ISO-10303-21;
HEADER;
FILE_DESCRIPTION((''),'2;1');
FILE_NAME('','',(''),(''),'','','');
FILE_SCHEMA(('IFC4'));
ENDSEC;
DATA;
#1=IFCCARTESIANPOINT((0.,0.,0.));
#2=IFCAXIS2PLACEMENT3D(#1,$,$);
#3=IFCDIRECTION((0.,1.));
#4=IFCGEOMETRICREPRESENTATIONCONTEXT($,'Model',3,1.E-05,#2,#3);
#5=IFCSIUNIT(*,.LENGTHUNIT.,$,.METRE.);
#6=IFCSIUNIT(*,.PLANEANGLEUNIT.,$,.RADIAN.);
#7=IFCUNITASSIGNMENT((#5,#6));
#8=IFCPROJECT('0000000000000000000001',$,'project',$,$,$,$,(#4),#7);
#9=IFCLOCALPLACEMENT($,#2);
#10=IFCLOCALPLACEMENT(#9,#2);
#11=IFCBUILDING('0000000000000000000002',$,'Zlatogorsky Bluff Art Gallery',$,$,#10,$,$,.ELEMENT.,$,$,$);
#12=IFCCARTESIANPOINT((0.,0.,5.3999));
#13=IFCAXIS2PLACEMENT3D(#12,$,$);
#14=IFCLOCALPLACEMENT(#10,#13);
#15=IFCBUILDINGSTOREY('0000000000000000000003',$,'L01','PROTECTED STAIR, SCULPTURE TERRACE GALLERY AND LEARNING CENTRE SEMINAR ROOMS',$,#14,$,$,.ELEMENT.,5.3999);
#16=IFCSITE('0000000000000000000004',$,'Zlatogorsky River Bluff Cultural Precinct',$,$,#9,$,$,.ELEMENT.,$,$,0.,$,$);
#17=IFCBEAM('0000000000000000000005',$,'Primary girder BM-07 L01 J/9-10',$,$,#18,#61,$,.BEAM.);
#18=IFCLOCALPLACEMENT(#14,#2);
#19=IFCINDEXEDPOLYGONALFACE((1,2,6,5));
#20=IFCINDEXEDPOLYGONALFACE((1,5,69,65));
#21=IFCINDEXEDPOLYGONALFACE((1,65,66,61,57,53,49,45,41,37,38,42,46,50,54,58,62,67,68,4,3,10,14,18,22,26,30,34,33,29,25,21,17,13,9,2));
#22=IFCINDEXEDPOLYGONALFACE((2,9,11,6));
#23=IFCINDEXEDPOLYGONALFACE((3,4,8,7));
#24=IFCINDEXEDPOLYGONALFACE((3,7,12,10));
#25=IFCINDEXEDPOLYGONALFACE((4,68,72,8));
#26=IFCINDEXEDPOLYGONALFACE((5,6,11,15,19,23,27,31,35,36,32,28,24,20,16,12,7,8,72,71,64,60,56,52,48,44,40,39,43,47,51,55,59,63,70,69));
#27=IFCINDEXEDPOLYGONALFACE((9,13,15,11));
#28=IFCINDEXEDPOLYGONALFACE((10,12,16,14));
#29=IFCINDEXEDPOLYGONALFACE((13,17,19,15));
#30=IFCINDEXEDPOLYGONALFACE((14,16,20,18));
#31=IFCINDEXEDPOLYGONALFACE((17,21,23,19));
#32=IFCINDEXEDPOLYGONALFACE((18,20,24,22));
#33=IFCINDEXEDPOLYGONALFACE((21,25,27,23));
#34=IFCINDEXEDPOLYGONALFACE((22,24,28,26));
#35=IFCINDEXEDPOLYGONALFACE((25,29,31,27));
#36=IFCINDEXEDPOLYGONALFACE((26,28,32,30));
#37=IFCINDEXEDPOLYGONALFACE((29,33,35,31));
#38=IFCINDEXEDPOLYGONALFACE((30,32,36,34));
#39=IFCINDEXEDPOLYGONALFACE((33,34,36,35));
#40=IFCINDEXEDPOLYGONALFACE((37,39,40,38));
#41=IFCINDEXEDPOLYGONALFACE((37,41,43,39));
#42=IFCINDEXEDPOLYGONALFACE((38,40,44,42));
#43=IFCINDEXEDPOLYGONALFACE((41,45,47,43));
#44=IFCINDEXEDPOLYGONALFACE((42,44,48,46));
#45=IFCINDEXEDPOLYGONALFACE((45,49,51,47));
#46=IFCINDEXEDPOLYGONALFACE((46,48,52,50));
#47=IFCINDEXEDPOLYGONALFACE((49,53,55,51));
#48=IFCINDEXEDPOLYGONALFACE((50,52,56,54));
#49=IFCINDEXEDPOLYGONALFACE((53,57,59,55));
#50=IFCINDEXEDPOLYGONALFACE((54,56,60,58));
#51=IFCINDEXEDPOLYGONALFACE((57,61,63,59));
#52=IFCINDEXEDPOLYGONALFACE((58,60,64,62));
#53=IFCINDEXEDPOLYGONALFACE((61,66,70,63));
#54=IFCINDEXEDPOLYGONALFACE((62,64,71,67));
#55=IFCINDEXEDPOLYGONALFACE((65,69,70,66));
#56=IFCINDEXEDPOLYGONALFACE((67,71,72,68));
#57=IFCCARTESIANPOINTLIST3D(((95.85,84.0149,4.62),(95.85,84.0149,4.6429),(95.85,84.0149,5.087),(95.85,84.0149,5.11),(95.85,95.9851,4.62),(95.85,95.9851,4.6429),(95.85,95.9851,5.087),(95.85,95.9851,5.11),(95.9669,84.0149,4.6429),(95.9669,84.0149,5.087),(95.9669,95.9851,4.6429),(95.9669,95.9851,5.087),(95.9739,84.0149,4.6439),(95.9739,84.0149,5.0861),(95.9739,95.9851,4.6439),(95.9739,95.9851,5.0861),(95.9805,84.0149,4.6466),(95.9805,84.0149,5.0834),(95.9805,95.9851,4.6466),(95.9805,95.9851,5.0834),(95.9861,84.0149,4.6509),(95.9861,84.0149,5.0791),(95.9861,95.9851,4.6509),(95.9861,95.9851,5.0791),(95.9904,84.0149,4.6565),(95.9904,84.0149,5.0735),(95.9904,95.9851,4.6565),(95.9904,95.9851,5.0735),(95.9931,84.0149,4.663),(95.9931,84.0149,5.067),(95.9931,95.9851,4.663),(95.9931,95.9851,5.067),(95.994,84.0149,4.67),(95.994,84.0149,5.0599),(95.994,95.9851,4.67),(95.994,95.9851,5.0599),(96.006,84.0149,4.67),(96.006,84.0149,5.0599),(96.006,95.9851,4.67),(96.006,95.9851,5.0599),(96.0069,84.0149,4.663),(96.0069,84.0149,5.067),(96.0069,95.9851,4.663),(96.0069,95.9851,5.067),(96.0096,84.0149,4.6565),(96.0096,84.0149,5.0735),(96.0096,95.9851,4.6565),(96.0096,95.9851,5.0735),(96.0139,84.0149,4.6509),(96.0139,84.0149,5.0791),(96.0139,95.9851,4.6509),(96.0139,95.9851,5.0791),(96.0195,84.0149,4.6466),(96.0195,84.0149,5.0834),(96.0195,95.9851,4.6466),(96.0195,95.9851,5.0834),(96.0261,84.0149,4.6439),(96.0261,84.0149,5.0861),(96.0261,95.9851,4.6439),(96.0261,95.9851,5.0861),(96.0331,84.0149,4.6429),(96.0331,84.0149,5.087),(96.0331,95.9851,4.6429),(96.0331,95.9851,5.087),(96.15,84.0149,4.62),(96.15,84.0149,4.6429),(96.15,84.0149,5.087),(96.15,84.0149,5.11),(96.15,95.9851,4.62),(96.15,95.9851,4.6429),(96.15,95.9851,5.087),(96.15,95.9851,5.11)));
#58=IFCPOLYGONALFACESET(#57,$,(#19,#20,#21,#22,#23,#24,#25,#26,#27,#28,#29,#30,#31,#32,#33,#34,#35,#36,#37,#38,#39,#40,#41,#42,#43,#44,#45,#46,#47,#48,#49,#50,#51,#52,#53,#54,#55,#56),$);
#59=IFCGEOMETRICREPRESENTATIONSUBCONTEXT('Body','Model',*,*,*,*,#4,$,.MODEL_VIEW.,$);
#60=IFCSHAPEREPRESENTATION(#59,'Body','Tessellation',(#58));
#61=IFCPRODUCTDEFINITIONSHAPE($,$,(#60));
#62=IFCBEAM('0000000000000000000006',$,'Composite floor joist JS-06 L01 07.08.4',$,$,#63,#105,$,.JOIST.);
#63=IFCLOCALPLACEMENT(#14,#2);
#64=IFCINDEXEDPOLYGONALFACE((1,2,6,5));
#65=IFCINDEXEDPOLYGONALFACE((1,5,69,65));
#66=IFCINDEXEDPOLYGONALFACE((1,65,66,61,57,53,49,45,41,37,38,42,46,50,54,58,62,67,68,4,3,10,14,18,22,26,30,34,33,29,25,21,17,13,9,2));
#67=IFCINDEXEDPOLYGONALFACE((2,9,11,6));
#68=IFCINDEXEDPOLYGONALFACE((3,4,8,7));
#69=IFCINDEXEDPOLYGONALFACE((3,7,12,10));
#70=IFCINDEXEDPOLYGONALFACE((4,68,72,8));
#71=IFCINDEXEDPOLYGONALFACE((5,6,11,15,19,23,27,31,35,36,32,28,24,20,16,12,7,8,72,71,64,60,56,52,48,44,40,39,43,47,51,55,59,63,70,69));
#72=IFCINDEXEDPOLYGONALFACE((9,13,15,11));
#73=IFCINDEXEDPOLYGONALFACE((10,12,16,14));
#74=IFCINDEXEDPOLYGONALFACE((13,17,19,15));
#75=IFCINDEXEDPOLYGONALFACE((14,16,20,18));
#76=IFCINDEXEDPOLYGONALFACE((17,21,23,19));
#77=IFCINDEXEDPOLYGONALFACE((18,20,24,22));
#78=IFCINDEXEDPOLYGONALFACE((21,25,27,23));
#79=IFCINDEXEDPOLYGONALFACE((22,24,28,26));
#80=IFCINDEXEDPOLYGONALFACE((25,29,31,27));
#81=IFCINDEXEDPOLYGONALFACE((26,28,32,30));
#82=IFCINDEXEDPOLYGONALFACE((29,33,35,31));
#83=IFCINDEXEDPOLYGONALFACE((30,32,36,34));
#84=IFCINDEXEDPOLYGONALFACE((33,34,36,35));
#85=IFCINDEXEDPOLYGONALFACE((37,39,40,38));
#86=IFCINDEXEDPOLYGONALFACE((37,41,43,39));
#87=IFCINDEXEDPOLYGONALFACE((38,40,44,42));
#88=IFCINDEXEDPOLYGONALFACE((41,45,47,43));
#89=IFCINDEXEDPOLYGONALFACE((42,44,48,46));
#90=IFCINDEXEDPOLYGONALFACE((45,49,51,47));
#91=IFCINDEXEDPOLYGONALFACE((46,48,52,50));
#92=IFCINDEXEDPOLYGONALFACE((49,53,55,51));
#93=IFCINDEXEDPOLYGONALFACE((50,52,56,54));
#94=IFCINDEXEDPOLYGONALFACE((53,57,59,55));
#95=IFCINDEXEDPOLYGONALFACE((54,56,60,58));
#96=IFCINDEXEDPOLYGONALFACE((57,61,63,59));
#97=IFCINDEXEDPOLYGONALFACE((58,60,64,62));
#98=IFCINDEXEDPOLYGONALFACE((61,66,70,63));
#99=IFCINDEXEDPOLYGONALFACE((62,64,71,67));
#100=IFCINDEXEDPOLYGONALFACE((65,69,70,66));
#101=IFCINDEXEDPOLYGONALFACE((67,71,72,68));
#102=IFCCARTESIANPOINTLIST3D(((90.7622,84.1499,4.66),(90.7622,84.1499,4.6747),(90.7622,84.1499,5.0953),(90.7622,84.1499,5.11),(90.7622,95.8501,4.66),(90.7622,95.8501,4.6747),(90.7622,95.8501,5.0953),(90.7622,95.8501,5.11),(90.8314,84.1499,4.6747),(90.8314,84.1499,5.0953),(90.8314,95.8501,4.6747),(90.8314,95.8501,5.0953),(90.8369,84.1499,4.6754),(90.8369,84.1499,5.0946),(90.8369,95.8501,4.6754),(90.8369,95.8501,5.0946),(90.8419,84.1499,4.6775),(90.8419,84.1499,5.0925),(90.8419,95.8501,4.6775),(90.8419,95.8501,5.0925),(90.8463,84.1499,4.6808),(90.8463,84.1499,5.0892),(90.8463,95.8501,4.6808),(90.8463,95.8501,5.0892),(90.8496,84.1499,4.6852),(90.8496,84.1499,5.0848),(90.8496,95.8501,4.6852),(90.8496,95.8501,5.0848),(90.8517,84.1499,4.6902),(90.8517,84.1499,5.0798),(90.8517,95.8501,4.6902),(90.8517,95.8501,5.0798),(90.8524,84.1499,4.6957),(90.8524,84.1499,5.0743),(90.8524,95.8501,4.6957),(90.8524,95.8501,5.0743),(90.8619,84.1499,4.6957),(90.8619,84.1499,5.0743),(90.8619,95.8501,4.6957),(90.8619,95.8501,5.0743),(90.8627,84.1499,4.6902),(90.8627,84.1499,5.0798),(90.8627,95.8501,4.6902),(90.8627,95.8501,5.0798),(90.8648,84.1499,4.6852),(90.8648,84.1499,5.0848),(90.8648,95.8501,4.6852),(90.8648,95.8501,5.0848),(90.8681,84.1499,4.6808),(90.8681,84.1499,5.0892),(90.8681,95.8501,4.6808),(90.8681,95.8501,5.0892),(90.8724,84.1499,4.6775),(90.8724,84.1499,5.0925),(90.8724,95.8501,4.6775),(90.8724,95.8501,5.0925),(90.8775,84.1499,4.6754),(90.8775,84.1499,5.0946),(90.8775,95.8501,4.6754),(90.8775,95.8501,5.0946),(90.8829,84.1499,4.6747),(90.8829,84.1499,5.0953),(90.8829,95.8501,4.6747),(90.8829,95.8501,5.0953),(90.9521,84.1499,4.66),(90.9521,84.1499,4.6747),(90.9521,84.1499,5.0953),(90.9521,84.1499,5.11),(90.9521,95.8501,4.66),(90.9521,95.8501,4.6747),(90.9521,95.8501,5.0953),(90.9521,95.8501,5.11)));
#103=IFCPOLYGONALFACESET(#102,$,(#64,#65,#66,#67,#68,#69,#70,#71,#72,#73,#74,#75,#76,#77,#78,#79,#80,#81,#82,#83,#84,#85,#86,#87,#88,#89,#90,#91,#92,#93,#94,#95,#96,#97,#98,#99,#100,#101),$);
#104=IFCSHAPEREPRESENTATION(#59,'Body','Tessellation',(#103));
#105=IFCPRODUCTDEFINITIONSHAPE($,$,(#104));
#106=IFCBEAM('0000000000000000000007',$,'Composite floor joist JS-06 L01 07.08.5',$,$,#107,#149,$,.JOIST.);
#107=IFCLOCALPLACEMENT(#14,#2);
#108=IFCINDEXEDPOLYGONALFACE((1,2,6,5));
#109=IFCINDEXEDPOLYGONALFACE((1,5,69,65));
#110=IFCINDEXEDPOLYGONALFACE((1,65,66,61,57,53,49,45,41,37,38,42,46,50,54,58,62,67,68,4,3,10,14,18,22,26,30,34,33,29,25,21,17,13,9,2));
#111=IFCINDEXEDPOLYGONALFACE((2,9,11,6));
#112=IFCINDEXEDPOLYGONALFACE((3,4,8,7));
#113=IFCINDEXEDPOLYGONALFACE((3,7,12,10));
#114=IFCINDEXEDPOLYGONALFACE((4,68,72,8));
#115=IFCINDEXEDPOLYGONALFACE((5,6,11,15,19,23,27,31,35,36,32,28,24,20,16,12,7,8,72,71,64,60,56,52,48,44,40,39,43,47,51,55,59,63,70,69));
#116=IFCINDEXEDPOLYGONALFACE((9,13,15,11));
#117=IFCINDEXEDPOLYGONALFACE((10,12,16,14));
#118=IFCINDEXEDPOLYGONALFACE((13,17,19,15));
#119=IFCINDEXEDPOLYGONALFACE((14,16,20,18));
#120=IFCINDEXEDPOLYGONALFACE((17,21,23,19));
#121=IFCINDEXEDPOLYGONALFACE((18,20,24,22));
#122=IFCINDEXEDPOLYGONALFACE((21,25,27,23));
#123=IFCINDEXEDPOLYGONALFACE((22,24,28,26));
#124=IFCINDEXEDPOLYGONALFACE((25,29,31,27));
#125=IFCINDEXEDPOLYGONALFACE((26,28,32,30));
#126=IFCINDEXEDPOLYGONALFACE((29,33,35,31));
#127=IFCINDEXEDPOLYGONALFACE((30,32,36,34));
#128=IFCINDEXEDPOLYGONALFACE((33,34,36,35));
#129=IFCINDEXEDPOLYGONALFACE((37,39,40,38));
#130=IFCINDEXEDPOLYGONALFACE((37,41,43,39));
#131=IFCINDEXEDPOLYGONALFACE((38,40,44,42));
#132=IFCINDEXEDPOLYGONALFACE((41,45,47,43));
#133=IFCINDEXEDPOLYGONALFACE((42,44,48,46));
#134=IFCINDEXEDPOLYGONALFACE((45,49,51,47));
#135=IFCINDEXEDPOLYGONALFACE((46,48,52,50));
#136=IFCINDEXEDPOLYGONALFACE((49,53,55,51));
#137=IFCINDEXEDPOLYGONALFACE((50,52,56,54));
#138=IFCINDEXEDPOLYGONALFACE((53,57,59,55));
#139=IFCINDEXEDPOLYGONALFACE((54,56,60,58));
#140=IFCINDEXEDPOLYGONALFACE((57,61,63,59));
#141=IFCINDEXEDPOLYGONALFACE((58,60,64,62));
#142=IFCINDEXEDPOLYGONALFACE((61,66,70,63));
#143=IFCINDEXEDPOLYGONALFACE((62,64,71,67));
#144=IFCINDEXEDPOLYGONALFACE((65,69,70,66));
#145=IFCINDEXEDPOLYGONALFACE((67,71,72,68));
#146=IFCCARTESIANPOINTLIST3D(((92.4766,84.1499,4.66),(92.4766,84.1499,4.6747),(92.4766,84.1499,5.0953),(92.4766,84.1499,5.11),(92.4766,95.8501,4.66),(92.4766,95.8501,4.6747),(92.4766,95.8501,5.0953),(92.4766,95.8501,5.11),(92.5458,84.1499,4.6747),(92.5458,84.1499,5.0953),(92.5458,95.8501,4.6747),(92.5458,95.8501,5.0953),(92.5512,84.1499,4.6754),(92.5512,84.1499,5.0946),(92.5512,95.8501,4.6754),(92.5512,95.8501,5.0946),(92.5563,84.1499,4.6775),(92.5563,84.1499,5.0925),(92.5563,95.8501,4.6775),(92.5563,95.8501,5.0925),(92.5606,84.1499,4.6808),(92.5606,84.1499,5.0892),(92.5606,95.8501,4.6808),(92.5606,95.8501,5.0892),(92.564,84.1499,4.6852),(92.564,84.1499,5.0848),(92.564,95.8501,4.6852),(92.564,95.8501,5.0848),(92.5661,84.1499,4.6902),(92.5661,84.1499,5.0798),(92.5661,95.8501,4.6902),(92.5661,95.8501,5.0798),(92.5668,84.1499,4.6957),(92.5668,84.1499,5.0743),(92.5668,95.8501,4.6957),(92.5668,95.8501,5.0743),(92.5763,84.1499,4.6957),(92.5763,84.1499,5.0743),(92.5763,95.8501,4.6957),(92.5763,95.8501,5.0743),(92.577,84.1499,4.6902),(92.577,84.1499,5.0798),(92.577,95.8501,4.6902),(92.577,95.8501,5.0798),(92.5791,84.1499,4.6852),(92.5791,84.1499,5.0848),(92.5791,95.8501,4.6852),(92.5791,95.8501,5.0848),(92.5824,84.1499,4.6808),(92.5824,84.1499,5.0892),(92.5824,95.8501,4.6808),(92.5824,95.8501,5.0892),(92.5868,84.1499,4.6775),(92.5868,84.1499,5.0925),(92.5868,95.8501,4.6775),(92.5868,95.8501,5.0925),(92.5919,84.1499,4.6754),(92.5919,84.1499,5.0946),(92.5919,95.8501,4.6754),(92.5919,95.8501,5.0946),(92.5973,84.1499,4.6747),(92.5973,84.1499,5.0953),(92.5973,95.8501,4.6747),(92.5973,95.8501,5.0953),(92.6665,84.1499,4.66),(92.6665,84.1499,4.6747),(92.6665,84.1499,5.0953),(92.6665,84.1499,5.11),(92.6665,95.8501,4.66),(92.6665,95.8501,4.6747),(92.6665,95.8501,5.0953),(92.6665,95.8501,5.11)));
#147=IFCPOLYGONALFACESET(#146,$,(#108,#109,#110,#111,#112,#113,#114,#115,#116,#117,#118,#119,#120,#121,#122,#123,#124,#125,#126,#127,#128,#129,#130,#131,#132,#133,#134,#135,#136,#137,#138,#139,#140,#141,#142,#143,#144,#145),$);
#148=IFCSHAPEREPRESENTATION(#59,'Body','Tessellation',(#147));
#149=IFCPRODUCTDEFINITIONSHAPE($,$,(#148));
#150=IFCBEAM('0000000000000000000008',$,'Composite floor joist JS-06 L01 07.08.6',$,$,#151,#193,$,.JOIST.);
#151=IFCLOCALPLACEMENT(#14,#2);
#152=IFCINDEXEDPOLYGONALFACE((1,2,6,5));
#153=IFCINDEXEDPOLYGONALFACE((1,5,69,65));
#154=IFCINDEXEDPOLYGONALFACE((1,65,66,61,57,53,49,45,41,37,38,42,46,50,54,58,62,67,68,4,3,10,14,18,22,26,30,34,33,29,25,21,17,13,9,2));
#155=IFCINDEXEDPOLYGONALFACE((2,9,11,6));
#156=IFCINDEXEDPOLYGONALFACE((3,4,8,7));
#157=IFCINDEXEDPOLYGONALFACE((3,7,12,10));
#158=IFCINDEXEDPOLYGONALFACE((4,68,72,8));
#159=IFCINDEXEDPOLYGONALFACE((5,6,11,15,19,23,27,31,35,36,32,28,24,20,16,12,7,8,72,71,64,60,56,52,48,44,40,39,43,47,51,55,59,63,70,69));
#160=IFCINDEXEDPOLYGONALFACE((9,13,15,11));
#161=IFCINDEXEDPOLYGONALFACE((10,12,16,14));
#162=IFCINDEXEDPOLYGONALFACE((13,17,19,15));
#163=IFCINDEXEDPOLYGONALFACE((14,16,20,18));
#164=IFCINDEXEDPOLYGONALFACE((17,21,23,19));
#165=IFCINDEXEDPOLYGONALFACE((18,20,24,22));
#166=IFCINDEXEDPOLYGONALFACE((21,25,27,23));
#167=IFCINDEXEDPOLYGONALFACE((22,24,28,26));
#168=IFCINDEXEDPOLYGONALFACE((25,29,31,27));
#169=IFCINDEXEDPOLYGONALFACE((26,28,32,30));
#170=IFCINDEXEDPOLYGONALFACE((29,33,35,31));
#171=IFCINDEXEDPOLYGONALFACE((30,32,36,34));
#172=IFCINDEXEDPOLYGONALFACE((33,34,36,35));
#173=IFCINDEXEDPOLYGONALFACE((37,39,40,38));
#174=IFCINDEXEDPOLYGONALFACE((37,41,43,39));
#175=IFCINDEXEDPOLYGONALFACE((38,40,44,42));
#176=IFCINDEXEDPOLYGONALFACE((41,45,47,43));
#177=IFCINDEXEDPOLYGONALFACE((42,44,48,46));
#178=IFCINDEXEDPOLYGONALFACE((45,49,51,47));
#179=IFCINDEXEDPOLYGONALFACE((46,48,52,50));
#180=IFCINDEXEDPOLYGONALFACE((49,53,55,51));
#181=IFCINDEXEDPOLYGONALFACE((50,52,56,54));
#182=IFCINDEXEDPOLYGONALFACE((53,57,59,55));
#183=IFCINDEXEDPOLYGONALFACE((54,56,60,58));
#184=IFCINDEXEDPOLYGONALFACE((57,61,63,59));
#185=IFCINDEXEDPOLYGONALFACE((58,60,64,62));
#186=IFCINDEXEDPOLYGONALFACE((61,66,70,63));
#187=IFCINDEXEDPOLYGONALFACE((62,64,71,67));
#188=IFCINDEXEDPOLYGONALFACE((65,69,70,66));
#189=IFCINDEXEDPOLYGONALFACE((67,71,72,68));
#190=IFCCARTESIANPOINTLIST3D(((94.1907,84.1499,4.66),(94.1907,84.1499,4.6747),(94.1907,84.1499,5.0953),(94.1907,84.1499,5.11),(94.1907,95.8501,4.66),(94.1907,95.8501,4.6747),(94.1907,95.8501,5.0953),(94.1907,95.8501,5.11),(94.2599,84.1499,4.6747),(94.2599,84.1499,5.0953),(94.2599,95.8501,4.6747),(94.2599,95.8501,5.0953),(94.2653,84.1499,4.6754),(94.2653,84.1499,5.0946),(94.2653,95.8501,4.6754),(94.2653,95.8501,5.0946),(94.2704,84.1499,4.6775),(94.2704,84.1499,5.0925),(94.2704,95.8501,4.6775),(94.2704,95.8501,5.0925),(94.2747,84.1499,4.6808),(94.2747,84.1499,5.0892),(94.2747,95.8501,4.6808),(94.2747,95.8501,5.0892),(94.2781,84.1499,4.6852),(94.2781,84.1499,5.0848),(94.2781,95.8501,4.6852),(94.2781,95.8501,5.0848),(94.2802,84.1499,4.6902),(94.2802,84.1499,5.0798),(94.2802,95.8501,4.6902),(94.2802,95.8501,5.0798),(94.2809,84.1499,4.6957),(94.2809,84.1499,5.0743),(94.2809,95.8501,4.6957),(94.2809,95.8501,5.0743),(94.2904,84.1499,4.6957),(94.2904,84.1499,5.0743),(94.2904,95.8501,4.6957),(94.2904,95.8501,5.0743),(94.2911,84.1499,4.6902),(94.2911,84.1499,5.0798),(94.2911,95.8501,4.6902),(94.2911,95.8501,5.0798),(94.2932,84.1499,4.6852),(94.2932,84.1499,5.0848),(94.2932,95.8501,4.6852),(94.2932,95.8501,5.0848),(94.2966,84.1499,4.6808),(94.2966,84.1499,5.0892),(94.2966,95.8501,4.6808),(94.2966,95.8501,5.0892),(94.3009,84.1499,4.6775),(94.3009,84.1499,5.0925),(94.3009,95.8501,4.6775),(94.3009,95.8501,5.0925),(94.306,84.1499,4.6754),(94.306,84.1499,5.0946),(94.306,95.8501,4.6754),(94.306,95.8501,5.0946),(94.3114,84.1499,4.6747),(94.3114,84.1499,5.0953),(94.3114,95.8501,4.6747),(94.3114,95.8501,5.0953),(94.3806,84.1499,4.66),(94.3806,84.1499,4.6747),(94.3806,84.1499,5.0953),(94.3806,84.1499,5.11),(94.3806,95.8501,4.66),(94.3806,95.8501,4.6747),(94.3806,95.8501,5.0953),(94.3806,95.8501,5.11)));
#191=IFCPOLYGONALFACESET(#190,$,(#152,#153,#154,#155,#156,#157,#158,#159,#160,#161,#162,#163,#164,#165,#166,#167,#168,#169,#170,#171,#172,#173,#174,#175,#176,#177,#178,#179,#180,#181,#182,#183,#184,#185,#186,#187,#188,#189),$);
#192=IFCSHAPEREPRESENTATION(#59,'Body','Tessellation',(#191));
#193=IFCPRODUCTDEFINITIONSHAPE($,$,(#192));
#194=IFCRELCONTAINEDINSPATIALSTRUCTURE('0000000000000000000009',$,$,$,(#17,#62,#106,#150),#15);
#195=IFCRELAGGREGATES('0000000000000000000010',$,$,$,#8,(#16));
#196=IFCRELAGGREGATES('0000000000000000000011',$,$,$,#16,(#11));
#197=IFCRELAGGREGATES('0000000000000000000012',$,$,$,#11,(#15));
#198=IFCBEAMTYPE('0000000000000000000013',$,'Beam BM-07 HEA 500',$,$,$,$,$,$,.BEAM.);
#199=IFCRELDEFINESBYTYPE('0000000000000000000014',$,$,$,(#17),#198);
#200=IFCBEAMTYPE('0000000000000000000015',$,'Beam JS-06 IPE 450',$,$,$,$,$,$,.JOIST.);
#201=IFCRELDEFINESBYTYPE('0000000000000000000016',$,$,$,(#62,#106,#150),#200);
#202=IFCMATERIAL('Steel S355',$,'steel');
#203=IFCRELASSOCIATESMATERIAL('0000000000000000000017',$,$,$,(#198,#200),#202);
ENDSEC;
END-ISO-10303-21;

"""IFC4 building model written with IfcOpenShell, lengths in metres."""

from ifc_helpers import new_model, si_unit, direction, frame, origin, origin_2d, place, context, subcontext, project, spatial, i_section, extrude, material, material_profile, profile_set, type_object, element, save


model = new_model("IFC4")

# Units and contexts
model_context = context("Model", 3, precision=1e-05, world=origin(), true_north=direction((0.0, 1.0)))
body_context = subcontext(model_context, "Body", "Model", "MODEL_VIEW")
ifc_project = project(units=[si_unit("LENGTHUNIT", "METRE"), si_unit("PLANEANGLEUNIT", "RADIAN")], contexts=[model_context])

# Site, building, storey
site_placement = place(None, origin())
site = spatial("IfcSite", under=ifc_project, at=site_placement, Name="Zlatogorsky River Bluff Cultural Precinct", CompositionType="ELEMENT", RefElevation=0.0)
building_placement = place(site_placement, origin())
building = spatial("IfcBuilding", under=site, at=building_placement, Name="Zlatogorsky Bluff Art Gallery", CompositionType="ELEMENT")
storey_placement = place(building_placement, frame((0.0, 0.0, 5.3999)))
storey = spatial("IfcBuildingStorey", under=building, at=storey_placement, Name="L01", Description="PROTECTED STAIR, SCULPTURE TERRACE GALLERY AND LEARNING CENTRE SEMINAR ROOMS", CompositionType="ELEMENT", Elevation=5.3999)

# Beams
ifc_material_1 = material(Name="Steel S355", Category="steel")
ifc_material_profile_1 = material_profile(ifc_material_1, i_section(OverallWidth=0.3, OverallDepth=0.49, WebThickness=0.012, FlangeThickness=0.0229, FilletRadius=0.0271, at=origin_2d()), Name="HEA 500")
ifc_profile_set_1 = profile_set([ifc_material_profile_1], Name="Steel S355")
beam_type_1 = type_object("IfcBeamType", Name="Beam BM-07 HEA 500", PredefinedType="BEAM", material=ifc_profile_set_1)
beam_placement = place(storey_placement, frame((96.0, 84.0149, 4.865), z_axis=(0.0, 1.0, 0.0), x_axis=(-1.0, 0.0, 0.0)))
element("IfcBeam", 1, at=beam_placement, inside=storey, type_object=beam_type_1, Name="Primary girder BM-07 L01 J/9-10", PredefinedType="BEAM", context=body_context, shape_type="SweptSolid", body=[
    extrude(i_section(OverallWidth=0.3, OverallDepth=0.49, WebThickness=0.012, FlangeThickness=0.0229, FilletRadius=0.0271, at=origin_2d()), origin(), (0.0, 0.0, 1.0), 11.9702),
])
ifc_material_profile_2 = material_profile(ifc_material_1, i_section(OverallWidth=0.1899, OverallDepth=0.45, WebThickness=0.0095, FlangeThickness=0.0146, FilletRadius=0.021, at=origin_2d()), Name="IPE 450")
ifc_profile_set_2 = profile_set([ifc_material_profile_2], Name="Steel S355")
beam_type_2 = type_object("IfcBeamType", Name="Beam JS-06 IPE 450", PredefinedType="JOIST", material=ifc_profile_set_2)
for number, where, z_axis, x_axis, name in (
    (2, (90.8572, 84.1499, 4.885), (0.0, 1.0, 0.0), (-1.0, 0.0, 0.0), "Composite floor joist JS-06 L01 07.08.4"),
    (3, (92.5715, 84.1499, 4.885), (0.0, 1.0, 0.0), (-1.0, 0.0, 0.0), "Composite floor joist JS-06 L01 07.08.5"),
    (4, (94.2856, 84.1499, 4.885), (0.0, 1.0, 0.0), (-1.0, 0.0, 0.0), "Composite floor joist JS-06 L01 07.08.6"),
):
    element("IfcBeam", number, at=place(storey_placement, frame(where, z_axis=z_axis, x_axis=x_axis)), inside=storey, type_object=beam_type_2, Name=name, PredefinedType="JOIST", context=body_context, shape_type="SweptSolid", body=[
        extrude(i_section(OverallWidth=0.1899, OverallDepth=0.45, WebThickness=0.0095, FlangeThickness=0.0146, FilletRadius=0.021, at=origin_2d()), origin(), (0.0, 0.0, 1.0), 11.7002),
    ])

save(model, "model.ifc")
